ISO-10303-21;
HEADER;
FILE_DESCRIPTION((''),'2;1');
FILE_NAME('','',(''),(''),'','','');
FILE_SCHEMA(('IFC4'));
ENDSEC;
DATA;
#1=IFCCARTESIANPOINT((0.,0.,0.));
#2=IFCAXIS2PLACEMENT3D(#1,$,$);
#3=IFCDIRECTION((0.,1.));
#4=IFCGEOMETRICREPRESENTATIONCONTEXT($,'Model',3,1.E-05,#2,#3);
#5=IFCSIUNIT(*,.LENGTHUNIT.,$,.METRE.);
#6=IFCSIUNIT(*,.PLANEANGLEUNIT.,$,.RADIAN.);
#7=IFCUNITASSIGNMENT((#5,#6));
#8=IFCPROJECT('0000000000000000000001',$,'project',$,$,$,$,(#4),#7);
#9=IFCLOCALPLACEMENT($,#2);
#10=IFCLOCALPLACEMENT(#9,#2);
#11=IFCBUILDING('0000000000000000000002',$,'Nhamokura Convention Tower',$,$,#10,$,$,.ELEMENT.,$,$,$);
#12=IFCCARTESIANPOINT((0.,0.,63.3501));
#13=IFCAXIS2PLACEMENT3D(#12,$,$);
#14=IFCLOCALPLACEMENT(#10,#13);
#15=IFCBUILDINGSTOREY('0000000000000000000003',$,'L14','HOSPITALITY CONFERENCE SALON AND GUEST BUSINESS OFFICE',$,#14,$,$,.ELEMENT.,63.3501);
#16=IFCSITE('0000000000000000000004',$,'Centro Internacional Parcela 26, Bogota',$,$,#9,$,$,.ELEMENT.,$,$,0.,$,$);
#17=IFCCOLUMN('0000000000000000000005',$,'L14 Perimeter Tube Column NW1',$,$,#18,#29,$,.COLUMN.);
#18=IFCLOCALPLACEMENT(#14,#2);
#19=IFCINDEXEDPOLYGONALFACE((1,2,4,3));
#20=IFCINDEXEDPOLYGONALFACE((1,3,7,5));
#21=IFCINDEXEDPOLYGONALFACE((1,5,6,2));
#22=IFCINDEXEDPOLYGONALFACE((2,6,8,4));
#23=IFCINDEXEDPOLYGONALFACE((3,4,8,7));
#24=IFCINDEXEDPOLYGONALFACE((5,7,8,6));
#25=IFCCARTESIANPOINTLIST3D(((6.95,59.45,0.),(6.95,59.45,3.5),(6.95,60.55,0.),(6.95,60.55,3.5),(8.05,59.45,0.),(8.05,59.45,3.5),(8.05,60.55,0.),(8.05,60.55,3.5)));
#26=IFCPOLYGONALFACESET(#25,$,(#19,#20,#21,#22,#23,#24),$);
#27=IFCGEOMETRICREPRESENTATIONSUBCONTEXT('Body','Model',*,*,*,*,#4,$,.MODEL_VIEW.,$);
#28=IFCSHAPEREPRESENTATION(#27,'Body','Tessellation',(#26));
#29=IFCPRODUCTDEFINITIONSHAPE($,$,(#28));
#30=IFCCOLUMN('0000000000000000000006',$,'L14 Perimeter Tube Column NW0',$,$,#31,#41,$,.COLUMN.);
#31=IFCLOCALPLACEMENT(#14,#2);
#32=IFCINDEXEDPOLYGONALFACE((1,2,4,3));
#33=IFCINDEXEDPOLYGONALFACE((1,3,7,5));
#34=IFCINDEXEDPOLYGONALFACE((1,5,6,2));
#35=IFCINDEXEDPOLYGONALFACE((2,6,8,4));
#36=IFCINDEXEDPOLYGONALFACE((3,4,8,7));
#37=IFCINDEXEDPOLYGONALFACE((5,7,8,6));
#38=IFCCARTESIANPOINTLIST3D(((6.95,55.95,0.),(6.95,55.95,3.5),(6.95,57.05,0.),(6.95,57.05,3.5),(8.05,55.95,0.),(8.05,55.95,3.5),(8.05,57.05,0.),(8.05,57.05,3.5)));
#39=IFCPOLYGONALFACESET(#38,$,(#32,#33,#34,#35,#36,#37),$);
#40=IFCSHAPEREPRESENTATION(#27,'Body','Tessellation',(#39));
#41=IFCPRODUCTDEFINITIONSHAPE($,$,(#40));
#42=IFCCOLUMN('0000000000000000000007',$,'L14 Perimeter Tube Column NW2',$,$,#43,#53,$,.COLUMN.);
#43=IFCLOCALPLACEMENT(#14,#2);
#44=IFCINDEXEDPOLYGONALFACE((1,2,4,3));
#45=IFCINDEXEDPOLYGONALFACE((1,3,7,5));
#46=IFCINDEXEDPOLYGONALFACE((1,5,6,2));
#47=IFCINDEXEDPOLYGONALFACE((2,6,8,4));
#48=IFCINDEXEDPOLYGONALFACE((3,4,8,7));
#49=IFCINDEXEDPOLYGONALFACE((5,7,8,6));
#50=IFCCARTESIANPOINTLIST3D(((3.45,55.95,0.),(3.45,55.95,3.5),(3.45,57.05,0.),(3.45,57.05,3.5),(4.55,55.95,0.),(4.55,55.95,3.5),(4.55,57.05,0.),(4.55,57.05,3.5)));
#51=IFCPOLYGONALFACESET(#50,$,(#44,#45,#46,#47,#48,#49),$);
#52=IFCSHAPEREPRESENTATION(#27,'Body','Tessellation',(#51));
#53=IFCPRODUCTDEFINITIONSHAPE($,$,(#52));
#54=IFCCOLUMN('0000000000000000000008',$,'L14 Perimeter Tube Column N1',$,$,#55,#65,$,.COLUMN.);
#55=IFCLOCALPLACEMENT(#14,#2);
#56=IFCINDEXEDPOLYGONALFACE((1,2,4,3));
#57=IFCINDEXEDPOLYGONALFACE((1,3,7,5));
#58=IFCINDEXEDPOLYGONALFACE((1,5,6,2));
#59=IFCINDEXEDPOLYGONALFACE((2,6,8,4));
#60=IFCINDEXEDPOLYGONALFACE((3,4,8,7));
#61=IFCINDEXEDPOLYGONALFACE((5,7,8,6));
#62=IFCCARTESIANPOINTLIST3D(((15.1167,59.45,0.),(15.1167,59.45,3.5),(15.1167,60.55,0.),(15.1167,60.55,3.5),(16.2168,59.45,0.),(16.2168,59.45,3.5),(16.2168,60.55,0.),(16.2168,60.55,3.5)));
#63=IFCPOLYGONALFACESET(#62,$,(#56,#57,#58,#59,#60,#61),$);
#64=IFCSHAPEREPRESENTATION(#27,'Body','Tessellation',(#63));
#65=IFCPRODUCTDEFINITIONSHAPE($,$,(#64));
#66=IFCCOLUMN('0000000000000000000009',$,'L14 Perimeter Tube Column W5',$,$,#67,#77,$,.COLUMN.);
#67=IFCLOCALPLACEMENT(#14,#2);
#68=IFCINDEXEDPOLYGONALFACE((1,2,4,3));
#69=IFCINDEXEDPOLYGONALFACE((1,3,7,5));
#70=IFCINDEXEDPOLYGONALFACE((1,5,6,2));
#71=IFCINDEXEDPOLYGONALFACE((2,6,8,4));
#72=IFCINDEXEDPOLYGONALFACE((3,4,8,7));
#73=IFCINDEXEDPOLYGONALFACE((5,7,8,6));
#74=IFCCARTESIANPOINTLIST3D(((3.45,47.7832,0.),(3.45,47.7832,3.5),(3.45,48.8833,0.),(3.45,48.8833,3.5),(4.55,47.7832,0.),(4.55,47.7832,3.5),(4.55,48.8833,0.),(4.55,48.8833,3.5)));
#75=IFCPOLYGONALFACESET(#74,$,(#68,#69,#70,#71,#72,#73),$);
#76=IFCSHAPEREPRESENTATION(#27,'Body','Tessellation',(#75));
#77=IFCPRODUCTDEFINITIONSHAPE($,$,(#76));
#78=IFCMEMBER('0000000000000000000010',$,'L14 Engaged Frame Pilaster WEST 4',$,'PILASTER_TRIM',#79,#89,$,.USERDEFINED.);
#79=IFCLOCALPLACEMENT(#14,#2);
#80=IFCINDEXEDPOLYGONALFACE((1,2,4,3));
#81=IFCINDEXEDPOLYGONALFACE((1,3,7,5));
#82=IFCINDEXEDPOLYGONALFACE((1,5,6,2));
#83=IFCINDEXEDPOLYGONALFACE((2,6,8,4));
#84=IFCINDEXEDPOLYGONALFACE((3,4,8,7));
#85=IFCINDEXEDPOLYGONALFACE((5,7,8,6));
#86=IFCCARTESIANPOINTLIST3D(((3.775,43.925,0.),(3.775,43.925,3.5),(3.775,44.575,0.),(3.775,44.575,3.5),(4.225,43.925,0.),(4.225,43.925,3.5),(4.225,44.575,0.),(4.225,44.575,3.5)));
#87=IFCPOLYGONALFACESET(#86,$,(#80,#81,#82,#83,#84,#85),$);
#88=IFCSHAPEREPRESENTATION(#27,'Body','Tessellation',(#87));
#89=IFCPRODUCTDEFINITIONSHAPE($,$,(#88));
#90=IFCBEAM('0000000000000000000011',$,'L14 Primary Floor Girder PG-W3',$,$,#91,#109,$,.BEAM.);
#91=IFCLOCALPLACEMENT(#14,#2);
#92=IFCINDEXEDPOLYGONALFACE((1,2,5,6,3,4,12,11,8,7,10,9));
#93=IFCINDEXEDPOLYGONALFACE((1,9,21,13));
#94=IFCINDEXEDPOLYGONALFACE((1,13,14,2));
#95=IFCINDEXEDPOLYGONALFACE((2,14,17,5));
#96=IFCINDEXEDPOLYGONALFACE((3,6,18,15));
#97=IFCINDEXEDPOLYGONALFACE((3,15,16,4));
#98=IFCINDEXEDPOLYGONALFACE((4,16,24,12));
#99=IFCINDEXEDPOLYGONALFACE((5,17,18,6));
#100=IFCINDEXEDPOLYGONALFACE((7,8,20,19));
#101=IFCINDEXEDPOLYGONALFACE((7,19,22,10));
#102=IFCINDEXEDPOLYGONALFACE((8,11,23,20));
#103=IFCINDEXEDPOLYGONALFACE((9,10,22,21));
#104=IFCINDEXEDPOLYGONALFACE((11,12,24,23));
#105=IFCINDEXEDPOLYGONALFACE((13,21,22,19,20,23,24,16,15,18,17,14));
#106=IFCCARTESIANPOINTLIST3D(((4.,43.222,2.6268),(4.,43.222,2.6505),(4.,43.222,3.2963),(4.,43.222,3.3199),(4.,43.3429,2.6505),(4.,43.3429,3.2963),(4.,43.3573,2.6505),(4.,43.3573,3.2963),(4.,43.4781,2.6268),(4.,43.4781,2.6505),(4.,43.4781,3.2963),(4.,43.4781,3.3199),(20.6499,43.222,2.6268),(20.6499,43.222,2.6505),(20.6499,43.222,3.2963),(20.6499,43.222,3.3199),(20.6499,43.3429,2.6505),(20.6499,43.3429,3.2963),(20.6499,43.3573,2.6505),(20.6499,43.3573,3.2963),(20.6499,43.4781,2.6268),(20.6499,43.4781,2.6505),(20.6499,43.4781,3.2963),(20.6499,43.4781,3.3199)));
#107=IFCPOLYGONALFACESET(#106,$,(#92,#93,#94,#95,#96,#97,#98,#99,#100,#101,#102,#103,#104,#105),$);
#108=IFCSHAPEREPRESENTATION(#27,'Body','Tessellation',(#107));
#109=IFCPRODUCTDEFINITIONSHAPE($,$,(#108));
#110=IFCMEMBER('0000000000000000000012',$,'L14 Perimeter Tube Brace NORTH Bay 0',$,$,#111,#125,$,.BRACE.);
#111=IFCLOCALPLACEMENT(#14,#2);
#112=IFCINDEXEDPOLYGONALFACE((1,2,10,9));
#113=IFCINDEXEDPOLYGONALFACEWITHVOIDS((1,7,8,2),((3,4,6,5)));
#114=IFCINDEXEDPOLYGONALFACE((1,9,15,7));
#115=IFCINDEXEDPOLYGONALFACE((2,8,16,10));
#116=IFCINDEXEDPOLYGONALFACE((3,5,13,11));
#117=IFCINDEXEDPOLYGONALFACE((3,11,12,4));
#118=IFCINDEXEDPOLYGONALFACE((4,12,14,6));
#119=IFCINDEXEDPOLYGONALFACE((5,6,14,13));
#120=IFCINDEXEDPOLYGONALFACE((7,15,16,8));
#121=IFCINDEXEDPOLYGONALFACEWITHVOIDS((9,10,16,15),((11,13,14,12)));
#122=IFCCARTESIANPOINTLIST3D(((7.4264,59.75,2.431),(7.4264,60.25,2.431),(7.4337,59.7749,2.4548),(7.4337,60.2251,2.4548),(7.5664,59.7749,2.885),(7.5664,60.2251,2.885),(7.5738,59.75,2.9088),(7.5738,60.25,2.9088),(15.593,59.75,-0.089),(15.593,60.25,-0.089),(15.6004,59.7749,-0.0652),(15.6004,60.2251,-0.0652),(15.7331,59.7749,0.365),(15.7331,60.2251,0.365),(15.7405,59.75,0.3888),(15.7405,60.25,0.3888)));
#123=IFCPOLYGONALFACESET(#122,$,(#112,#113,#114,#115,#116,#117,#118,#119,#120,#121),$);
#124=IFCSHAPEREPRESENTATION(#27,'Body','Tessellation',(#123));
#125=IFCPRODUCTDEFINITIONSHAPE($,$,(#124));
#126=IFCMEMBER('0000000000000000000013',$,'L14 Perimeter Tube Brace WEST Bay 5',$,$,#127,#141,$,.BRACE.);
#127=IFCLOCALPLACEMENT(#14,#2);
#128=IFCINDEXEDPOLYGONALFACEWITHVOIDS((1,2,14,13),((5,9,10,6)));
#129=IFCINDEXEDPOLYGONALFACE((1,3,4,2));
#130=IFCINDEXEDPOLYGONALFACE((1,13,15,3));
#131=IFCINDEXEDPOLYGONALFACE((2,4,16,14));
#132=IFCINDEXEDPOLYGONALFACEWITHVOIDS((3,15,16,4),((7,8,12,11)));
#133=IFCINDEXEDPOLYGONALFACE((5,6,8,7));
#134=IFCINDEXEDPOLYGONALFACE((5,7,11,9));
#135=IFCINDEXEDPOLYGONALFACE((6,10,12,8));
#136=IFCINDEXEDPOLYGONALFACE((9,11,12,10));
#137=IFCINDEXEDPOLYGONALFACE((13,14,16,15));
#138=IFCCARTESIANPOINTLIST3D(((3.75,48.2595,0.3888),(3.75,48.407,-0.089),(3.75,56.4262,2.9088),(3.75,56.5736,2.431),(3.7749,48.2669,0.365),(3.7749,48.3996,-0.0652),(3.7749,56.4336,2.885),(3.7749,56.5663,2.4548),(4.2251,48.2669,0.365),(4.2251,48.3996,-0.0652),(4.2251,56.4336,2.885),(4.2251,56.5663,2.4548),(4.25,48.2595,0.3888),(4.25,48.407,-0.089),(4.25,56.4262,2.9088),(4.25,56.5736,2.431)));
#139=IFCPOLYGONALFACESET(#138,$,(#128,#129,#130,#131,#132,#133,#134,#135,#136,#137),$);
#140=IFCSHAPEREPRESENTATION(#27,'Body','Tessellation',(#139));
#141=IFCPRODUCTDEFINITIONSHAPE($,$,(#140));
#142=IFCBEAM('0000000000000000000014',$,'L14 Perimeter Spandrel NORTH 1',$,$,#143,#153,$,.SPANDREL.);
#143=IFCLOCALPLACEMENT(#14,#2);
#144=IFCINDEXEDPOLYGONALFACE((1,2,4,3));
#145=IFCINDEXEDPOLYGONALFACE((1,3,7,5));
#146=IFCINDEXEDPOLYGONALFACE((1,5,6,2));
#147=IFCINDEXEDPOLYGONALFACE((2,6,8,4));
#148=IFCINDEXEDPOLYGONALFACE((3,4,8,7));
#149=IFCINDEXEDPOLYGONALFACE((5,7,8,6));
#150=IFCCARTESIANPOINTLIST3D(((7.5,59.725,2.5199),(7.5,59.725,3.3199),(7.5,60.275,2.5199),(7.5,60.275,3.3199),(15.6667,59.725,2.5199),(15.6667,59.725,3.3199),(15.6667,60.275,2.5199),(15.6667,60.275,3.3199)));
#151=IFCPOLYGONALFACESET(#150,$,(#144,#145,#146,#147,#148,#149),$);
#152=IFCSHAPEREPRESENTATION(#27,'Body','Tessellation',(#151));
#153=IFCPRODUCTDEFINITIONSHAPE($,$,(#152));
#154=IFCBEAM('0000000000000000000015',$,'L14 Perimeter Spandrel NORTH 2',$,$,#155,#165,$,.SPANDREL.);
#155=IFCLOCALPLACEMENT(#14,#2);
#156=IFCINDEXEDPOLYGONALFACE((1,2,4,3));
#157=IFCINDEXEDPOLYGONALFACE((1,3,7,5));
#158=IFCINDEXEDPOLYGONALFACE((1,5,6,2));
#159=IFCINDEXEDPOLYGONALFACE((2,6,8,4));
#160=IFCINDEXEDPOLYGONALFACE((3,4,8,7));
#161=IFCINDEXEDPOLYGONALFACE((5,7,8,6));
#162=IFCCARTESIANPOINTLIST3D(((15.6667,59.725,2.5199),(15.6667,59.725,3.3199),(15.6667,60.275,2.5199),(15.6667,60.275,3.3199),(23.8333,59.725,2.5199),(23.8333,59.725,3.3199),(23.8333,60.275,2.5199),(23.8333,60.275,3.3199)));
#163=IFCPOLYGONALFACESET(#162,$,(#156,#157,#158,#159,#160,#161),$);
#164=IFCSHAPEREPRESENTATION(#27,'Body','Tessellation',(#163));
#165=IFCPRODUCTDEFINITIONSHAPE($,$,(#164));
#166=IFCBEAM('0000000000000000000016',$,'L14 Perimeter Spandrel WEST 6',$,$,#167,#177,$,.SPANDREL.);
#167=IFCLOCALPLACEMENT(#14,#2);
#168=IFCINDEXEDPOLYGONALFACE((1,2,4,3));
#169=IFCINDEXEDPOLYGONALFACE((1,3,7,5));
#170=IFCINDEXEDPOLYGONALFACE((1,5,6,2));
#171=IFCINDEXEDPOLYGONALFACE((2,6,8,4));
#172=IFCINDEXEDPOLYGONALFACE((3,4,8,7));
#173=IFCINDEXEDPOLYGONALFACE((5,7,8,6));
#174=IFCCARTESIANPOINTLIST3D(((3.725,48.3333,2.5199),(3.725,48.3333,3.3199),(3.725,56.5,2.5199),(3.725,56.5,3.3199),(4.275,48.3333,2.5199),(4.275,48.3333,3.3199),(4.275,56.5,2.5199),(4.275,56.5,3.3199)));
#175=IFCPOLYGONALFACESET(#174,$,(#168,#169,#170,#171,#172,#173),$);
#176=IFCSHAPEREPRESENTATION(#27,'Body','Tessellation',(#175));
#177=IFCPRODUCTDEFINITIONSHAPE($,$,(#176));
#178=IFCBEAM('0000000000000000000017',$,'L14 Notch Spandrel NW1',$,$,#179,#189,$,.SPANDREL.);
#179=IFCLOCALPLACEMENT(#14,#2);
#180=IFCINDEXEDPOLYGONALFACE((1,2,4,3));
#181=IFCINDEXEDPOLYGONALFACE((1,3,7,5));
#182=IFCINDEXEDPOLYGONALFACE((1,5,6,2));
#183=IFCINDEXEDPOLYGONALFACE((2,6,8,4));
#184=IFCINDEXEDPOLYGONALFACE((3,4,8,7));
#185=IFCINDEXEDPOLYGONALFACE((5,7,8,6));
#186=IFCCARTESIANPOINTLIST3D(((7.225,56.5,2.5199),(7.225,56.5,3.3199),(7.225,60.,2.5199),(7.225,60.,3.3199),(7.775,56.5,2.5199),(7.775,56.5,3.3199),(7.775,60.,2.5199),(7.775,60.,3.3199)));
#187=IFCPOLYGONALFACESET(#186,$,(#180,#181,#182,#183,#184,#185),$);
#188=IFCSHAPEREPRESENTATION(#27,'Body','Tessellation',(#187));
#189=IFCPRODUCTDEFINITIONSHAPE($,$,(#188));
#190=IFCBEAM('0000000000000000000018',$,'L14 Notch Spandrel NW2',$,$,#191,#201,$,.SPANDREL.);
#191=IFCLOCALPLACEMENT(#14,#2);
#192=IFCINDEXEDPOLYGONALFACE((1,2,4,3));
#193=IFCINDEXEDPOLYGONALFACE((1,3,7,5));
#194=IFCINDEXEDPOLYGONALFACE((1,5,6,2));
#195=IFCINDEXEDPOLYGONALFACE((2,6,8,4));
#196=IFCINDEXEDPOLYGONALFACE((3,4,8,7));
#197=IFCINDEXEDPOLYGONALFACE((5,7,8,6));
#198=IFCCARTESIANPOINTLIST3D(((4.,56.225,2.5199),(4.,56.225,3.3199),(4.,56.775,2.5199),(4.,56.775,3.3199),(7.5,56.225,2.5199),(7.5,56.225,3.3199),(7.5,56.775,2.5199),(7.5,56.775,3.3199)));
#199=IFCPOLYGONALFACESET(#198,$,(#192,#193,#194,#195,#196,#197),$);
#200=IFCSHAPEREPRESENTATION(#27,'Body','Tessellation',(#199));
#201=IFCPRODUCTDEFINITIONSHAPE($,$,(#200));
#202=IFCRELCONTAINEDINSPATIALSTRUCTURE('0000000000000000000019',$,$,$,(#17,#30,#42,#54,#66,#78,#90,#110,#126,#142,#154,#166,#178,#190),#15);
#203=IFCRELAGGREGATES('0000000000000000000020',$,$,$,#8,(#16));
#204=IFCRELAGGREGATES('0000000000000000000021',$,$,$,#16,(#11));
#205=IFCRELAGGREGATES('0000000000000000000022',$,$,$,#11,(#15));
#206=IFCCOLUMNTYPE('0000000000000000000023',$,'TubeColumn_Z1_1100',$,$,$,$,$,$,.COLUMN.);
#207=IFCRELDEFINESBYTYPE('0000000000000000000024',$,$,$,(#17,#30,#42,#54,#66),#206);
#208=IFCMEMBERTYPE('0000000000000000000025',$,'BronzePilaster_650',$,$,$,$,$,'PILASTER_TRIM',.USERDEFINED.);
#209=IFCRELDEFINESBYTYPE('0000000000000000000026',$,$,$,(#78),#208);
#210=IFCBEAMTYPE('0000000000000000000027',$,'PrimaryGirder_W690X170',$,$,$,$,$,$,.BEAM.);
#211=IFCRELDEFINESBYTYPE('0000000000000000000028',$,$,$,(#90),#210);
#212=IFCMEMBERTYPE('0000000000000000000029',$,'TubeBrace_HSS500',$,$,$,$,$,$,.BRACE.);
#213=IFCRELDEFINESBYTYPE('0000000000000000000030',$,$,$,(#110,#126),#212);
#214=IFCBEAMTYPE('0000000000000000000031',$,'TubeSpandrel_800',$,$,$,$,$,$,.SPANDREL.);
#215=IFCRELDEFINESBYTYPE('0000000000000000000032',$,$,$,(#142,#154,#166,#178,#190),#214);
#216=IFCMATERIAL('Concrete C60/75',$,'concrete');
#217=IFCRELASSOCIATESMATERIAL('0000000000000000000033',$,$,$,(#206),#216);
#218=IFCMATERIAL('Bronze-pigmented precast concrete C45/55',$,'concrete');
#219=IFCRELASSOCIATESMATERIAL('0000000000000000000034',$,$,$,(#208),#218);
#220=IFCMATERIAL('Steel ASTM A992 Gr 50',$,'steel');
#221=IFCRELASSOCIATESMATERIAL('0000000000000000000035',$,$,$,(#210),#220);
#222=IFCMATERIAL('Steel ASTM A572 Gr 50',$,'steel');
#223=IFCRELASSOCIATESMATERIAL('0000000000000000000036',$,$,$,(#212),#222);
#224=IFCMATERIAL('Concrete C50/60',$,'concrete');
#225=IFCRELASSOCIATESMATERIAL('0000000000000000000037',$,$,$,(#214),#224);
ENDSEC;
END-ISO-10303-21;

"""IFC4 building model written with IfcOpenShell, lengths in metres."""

from ifc_helpers import new_model, si_unit, direction, frame, origin, origin_2d, place, context, subcontext, project, spatial, rectangle, hollow_rectangle, i_section, extrude, material, material_profile, profile_set, type_object, element, save


model = new_model("IFC4")

# Units and contexts
model_context = context("Model", 3, precision=1e-05, world=origin(), true_north=direction((0.0, 1.0)))
body_context = subcontext(model_context, "Body", "Model", "MODEL_VIEW")
ifc_project = project(units=[si_unit("LENGTHUNIT", "METRE"), si_unit("PLANEANGLEUNIT", "RADIAN")], contexts=[model_context])

# Site, building, storey
site_placement = place(None, origin())
site = spatial("IfcSite", under=ifc_project, at=site_placement, Name="Centro Internacional Parcela 26, Bogota", CompositionType="ELEMENT", RefElevation=0.0)
building_placement = place(site_placement, origin())
building = spatial("IfcBuilding", under=site, at=building_placement, Name="Nhamokura Convention Tower", CompositionType="ELEMENT")
storey_placement = place(building_placement, frame((0.0, 0.0, 63.3501)))
storey = spatial("IfcBuildingStorey", under=building, at=storey_placement, Name="L14", Description="HOSPITALITY CONFERENCE SALON AND GUEST BUSINESS OFFICE", CompositionType="ELEMENT", Elevation=63.3501)

# Columns
ifc_material_1 = material(Name="Concrete C60/75", Category="concrete")
ifc_material_profile_1 = material_profile(ifc_material_1, rectangle(XDim=1.1001, YDim=1.1001, at=origin_2d()))
ifc_profile_set_1 = profile_set([ifc_material_profile_1], Name="Concrete C60/75")
column_type = type_object("IfcColumnType", Name="TubeColumn_Z1_1100", PredefinedType="COLUMN", material=ifc_profile_set_1)
for number, where, z_axis, x_axis, name in (
    (1, (7.5, 60.0, 0.0), (0.0, 0.0, 1.0), (1.0, 0.0, 0.0), "L14 Perimeter Tube Column NW1"),
    (2, (7.5, 56.5, 0.0), (0.0, 0.0, 1.0), (1.0, 0.0, 0.0), "L14 Perimeter Tube Column NW0"),
    (3, (4.0, 56.5, 0.0), (0.0, 0.0, 1.0), (1.0, 0.0, 0.0), "L14 Perimeter Tube Column NW2"),
    (4, (15.6667, 60.0, 0.0), (0.0, 0.0, 1.0), (1.0, 0.0, 0.0), "L14 Perimeter Tube Column N1"),
    (5, (4.0, 48.3333, 0.0), (0.0, 0.0, 1.0), (1.0, 0.0, 0.0), "L14 Perimeter Tube Column W5"),
):
    element("IfcColumn", number, at=place(storey_placement, frame(where, z_axis=z_axis, x_axis=x_axis)), inside=storey, type_object=column_type, Name=name, PredefinedType="COLUMN", context=body_context, shape_type="SweptSolid", body=[
        extrude(rectangle(XDim=1.1001, YDim=1.1001, at=origin_2d()), origin(), (0.0, 0.0, 1.0), 3.5),
    ])

# Member
ifc_material_2 = material(Name="Bronze-pigmented precast concrete C45/55", Category="concrete")
ifc_material_profile_2 = material_profile(ifc_material_2, rectangle(XDim=0.45, YDim=0.6499, at=origin_2d()))
ifc_profile_set_2 = profile_set([ifc_material_profile_2], Name="Bronze-pigmented precast concrete C45/55")
member_type_1 = type_object("IfcMemberType", Name="BronzePilaster_650", ElementType="PILASTER_TRIM", PredefinedType="USERDEFINED", material=ifc_profile_set_2)
member_placement = place(storey_placement, frame((4.0, 44.25, 0.0), z_axis=(0.0, 0.0, 1.0), x_axis=(1.0, 0.0, 0.0)))
element("IfcMember", 6, at=member_placement, inside=storey, type_object=member_type_1, Name="L14 Engaged Frame Pilaster WEST 4", ObjectType="PILASTER_TRIM", PredefinedType="USERDEFINED", context=body_context, shape_type="SweptSolid", body=[
    extrude(rectangle(XDim=0.45, YDim=0.6499, at=origin_2d()), origin(), (0.0, 0.0, 1.0), 3.5),
])

# Beam
ifc_material_3 = material(Name="Steel ASTM A992 Gr 50", Category="steel")
ifc_material_profile_3 = material_profile(ifc_material_3, i_section(OverallWidth=0.2561, OverallDepth=0.6931, WebThickness=0.0144, FlangeThickness=0.0237, at=origin_2d()))
ifc_profile_set_3 = profile_set([ifc_material_profile_3], Name="Steel ASTM A992 Gr 50")
beam_type_1 = type_object("IfcBeamType", Name="PrimaryGirder_W690X170", PredefinedType="BEAM", material=ifc_profile_set_3)
beam_1_placement = place(storey_placement, frame((4.0, 43.3501, 2.9734), z_axis=(1.0, 0.0, 0.0), x_axis=(0.0, 1.0, 0.0)))
element("IfcBeam", 7, at=beam_1_placement, inside=storey, type_object=beam_type_1, Name="L14 Primary Floor Girder PG-W3", PredefinedType="BEAM", context=body_context, shape_type="SweptSolid", body=[
    extrude(i_section(OverallWidth=0.2561, OverallDepth=0.6931, WebThickness=0.0144, FlangeThickness=0.0237, at=origin_2d()), origin(), (0.0, 0.0, 1.0), 16.6499),
])

# Members
ifc_material_4 = material(Name="Steel ASTM A572 Gr 50", Category="steel")
ifc_material_profile_4 = material_profile(ifc_material_4, hollow_rectangle(XDim=0.5, YDim=0.5, WallThickness=0.0249, at=origin_2d()))
ifc_profile_set_4 = profile_set([ifc_material_profile_4], Name="Steel ASTM A572 Gr 50")
member_type_2 = type_object("IfcMemberType", Name="TubeBrace_HSS500", PredefinedType="BRACE", material=ifc_profile_set_4)
for number, where, z_axis, x_axis, name in (
    (8, (15.6667, 60.0, 0.1499), (-0.955543, 0.0, 0.294853), (0.0, -1.0, 0.0), "L14 Perimeter Tube Brace NORTH Bay 0"),
    (9, (4.0, 48.3333, 0.1499), (0.0, 0.955543, 0.294853), (-1.0, 0.0, 0.0), "L14 Perimeter Tube Brace WEST Bay 5"),
):
    element("IfcMember", number, at=place(storey_placement, frame(where, z_axis=z_axis, x_axis=x_axis)), inside=storey, type_object=member_type_2, Name=name, PredefinedType="BRACE", context=body_context, shape_type="SweptSolid", body=[
        extrude(hollow_rectangle(XDim=0.5, YDim=0.5, WallThickness=0.0249, at=origin_2d()), origin(), (0.0, 0.0, 1.0), 8.5466),
    ])

# Beams
ifc_material_5 = material(Name="Concrete C50/60", Category="concrete")
ifc_material_profile_5 = material_profile(ifc_material_5, rectangle(XDim=0.55, YDim=0.8, at=origin_2d()))
ifc_profile_set_5 = profile_set([ifc_material_profile_5], Name="Concrete C50/60")
beam_type_2 = type_object("IfcBeamType", Name="TubeSpandrel_800", PredefinedType="SPANDREL", material=ifc_profile_set_5)
beam_2_placement = place(storey_placement, frame((7.5, 60.0, 2.9199), z_axis=(1.0, 0.0, 0.0), x_axis=(0.0, 1.0, 0.0)))
element("IfcBeam", 10, at=beam_2_placement, inside=storey, type_object=beam_type_2, Name="L14 Perimeter Spandrel NORTH 1", PredefinedType="SPANDREL", context=body_context, shape_type="SweptSolid", body=[
    extrude(rectangle(XDim=0.55, YDim=0.8, at=origin_2d()), origin(), (0.0, 0.0, 1.0), 8.1667),
])
beam_3_placement = place(storey_placement, frame((15.6667, 60.0, 2.9199), z_axis=(1.0, 0.0, 0.0), x_axis=(0.0, 1.0, 0.0)))
element("IfcBeam", 11, at=beam_3_placement, inside=storey, type_object=beam_type_2, Name="L14 Perimeter Spandrel NORTH 2", PredefinedType="SPANDREL", context=body_context, shape_type="SweptSolid", body=[
    extrude(rectangle(XDim=0.55, YDim=0.8, at=origin_2d()), origin(), (0.0, 0.0, 1.0), 8.1665),
])
beam_4_placement = place(storey_placement, frame((4.0, 48.3333, 2.9199), z_axis=(0.0, 1.0, 0.0), x_axis=(-1.0, 0.0, 0.0)))
element("IfcBeam", 12, at=beam_4_placement, inside=storey, type_object=beam_type_2, Name="L14 Perimeter Spandrel WEST 6", PredefinedType="SPANDREL", context=body_context, shape_type="SweptSolid", body=[
    extrude(rectangle(XDim=0.55, YDim=0.8, at=origin_2d()), origin(), (0.0, 0.0, 1.0), 8.1667),
])
for number, where, z_axis, x_axis, name in (
    (13, (7.5, 60.0, 2.9199), (0.0, -1.0, 0.0), (1.0, 0.0, 0.0), "L14 Notch Spandrel NW1"),
    (14, (7.5, 56.5, 2.9199), (-1.0, 0.0, 0.0), (0.0, -1.0, 0.0), "L14 Notch Spandrel NW2"),
):
    element("IfcBeam", number, at=place(storey_placement, frame(where, z_axis=z_axis, x_axis=x_axis)), inside=storey, type_object=beam_type_2, Name=name, PredefinedType="SPANDREL", context=body_context, shape_type="SweptSolid", body=[
        extrude(rectangle(XDim=0.55, YDim=0.8, at=origin_2d()), origin(), (0.0, 0.0, 1.0), 3.5),
    ])

save(model, "model.ifc")
